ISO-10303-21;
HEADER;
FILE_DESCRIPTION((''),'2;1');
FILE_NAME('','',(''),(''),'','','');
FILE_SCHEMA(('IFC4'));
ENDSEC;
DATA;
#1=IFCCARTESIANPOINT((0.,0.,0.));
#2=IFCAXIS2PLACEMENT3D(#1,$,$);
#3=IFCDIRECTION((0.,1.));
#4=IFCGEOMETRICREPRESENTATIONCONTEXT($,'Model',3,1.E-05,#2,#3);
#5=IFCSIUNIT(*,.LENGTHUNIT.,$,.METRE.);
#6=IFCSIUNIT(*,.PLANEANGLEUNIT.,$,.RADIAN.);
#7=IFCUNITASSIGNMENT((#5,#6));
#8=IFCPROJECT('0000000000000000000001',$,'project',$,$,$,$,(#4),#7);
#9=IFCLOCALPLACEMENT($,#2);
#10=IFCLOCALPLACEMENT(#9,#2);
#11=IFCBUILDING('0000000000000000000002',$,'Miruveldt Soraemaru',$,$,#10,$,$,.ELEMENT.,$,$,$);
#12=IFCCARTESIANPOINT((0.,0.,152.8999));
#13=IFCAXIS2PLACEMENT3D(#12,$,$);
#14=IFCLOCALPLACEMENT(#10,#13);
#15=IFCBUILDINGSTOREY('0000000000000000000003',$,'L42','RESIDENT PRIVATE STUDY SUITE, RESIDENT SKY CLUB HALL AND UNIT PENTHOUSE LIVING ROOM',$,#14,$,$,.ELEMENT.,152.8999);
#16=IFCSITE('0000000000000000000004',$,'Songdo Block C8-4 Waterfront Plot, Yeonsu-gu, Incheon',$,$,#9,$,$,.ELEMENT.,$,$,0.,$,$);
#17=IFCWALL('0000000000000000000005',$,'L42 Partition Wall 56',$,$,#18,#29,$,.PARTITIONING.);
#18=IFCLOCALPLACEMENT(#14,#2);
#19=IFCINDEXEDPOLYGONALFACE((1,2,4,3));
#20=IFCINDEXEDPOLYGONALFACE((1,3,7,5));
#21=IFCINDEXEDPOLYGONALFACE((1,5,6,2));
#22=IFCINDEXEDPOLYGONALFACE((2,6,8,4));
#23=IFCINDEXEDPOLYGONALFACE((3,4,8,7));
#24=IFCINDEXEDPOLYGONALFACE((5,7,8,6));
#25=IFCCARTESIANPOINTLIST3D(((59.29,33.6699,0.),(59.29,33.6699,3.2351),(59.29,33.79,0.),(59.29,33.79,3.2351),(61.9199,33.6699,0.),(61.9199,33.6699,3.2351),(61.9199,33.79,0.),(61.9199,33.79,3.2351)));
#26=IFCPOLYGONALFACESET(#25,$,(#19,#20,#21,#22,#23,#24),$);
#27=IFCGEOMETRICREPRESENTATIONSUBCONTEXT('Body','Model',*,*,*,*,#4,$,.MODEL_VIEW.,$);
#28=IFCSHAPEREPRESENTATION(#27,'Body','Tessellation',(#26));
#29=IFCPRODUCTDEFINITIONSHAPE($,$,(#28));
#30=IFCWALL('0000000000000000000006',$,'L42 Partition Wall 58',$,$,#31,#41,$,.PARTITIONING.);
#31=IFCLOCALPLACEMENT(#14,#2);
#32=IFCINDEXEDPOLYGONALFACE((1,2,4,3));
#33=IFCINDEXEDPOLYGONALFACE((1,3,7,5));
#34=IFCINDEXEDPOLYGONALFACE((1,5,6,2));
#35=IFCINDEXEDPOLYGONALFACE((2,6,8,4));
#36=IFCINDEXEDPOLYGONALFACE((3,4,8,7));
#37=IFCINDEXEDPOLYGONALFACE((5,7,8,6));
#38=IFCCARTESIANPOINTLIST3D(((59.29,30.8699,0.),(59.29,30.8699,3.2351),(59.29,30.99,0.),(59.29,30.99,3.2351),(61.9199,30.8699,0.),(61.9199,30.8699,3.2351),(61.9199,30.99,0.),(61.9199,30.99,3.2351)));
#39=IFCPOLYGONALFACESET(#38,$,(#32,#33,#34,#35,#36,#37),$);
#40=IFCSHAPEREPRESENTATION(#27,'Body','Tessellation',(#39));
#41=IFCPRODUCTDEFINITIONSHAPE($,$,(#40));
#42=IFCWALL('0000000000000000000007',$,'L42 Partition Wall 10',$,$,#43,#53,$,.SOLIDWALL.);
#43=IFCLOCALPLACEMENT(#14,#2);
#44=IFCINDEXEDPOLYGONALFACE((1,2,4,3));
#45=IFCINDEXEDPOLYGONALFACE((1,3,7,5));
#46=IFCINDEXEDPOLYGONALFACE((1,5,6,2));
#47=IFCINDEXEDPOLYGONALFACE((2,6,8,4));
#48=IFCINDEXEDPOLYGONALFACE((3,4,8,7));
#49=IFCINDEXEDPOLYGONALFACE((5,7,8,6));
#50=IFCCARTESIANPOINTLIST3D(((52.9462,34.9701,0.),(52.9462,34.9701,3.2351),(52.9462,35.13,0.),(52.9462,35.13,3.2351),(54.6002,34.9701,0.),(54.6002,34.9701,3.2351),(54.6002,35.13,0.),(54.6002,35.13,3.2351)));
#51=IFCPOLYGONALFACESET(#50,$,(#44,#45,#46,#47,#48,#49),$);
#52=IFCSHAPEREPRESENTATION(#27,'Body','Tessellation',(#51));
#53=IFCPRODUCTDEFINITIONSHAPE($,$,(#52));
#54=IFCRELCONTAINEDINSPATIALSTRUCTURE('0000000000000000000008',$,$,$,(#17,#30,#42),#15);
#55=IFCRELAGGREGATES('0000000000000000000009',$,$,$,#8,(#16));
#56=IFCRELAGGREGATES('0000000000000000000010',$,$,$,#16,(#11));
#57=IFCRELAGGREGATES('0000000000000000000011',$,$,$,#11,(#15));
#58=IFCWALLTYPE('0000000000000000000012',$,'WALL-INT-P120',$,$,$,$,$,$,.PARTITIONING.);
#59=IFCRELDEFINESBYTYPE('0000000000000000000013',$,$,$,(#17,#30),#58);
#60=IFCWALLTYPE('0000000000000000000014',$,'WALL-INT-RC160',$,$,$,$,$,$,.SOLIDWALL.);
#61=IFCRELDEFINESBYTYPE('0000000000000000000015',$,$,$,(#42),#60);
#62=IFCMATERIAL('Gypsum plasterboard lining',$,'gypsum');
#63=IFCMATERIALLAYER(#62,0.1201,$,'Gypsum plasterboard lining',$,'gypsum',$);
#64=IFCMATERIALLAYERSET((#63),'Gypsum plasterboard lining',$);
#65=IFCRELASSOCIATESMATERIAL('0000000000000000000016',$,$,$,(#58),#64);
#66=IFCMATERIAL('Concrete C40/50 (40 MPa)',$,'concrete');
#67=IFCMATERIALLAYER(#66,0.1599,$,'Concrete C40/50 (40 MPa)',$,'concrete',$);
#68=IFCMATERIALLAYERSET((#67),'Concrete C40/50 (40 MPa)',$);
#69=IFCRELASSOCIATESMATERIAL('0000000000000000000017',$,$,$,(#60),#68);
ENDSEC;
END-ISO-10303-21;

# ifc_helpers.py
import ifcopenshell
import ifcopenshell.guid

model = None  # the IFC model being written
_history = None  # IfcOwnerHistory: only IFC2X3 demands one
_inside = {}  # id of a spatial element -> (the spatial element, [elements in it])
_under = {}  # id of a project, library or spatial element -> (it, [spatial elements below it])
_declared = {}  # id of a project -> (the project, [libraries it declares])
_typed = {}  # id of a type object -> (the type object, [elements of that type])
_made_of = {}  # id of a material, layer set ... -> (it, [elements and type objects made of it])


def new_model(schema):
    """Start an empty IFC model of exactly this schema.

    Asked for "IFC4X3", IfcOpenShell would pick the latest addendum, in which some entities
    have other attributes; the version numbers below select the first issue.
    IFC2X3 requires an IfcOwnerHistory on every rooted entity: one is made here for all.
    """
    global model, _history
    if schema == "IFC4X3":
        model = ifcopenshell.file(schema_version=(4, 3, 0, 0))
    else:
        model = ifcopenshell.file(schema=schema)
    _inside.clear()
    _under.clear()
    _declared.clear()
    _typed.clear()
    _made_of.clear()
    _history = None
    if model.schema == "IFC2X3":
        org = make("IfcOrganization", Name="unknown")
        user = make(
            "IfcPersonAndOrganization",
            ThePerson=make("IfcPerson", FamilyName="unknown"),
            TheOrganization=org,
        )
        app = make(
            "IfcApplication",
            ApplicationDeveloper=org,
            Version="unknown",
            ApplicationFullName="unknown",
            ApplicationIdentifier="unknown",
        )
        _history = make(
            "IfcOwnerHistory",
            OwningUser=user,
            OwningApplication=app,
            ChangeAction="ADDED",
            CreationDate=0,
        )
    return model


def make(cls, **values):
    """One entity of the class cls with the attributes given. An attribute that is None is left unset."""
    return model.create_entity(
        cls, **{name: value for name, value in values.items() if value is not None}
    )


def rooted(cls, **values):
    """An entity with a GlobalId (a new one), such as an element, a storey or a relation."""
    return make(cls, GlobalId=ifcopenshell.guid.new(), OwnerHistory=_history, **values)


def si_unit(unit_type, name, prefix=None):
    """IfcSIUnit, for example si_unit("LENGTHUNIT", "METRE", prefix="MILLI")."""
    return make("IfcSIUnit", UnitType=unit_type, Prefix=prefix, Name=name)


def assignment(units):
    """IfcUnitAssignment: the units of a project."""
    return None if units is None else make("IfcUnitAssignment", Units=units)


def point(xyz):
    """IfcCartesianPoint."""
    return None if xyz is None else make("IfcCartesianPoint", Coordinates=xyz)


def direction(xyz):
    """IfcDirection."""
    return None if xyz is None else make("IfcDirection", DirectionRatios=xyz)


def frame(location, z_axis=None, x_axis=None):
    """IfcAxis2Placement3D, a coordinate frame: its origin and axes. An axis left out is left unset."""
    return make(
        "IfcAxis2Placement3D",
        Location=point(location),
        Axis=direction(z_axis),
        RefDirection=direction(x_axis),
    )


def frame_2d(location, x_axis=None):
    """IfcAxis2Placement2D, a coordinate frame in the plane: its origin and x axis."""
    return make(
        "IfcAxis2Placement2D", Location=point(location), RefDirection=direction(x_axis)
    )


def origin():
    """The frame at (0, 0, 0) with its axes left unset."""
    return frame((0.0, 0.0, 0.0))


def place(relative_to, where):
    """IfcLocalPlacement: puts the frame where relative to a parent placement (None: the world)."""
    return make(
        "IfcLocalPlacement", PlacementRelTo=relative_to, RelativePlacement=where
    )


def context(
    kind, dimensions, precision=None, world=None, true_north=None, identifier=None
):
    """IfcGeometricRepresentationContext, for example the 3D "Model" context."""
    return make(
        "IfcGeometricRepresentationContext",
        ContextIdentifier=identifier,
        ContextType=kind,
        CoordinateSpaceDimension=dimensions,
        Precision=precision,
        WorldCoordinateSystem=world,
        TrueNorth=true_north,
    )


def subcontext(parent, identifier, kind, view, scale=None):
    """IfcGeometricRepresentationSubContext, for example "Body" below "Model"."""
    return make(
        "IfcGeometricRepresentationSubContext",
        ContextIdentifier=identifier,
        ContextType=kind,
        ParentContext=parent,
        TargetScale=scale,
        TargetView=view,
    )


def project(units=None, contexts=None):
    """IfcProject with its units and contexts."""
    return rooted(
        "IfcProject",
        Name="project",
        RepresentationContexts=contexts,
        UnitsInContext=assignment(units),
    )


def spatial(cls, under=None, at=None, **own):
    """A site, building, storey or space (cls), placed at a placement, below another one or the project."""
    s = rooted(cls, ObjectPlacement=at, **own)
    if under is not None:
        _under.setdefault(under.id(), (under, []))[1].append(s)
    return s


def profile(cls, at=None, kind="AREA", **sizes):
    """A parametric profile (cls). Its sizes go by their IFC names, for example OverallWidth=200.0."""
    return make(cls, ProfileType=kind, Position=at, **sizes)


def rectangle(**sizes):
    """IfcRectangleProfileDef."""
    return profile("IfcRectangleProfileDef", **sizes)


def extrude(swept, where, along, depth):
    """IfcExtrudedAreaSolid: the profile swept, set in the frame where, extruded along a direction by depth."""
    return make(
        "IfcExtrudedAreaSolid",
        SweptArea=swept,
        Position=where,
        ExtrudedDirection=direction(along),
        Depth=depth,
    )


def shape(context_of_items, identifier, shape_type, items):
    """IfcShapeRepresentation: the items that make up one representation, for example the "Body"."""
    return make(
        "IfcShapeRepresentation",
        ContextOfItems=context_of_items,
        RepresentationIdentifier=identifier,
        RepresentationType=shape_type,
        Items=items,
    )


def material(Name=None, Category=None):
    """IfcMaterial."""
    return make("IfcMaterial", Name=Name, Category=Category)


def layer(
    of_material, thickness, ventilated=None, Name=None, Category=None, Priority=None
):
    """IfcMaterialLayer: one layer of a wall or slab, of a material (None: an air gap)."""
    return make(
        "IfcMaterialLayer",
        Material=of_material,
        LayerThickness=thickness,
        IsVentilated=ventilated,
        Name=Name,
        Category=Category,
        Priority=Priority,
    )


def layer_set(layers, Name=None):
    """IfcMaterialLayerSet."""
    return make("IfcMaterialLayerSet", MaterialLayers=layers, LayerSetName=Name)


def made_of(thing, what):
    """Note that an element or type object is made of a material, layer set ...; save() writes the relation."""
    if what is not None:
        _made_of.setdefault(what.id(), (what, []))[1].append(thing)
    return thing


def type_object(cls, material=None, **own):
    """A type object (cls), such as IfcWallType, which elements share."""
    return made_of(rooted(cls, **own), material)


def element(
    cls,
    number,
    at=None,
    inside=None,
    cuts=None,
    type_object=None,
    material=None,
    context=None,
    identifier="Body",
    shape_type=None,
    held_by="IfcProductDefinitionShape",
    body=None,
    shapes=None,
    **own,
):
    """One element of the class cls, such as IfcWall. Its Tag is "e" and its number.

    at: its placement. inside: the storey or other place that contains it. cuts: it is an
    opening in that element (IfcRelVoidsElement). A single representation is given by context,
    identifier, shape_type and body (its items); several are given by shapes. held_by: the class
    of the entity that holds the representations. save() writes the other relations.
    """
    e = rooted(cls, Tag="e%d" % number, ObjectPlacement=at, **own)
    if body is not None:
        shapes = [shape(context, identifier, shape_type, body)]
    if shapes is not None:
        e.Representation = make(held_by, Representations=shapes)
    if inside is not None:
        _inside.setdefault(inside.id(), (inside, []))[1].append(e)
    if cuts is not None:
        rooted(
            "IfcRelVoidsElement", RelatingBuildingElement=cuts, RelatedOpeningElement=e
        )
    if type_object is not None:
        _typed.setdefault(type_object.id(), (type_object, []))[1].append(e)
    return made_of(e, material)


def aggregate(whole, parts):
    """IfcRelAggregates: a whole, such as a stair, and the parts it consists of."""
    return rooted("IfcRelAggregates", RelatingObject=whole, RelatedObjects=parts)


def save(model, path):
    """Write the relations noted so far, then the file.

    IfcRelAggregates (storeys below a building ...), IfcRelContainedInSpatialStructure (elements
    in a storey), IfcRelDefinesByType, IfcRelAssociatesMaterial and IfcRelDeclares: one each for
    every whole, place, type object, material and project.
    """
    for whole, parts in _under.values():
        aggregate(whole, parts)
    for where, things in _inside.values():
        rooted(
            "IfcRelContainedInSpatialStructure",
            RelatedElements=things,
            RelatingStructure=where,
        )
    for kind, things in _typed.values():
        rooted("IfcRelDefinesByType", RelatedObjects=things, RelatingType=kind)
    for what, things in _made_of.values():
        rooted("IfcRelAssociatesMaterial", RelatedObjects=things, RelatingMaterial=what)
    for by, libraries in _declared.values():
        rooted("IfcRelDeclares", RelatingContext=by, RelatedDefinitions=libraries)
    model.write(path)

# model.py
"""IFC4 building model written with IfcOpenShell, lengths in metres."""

from ifc_helpers import new_model, si_unit, direction, frame, frame_2d, origin, place, context, subcontext, project, spatial, rectangle, extrude, material, layer, layer_set, type_object, element, save


model = new_model("IFC4")

# Units and contexts
model_context = context("Model", 3, precision=1e-05, world=origin(), true_north=direction((0.0, 1.0)))
body_context = subcontext(model_context, "Body", "Model", "MODEL_VIEW")
ifc_project = project(units=[si_unit("LENGTHUNIT", "METRE"), si_unit("PLANEANGLEUNIT", "RADIAN")], contexts=[model_context])

# Site, building, storey
site_placement = place(None, origin())
site = spatial("IfcSite", under=ifc_project, at=site_placement, Name="Songdo Block C8-4 Waterfront Plot, Yeonsu-gu, Incheon", CompositionType="ELEMENT", RefElevation=0.0)
building_placement = place(site_placement, origin())
building = spatial("IfcBuilding", under=site, at=building_placement, Name="Miruveldt Soraemaru", CompositionType="ELEMENT")
storey_placement = place(building_placement, frame((0.0, 0.0, 152.8999)))
storey = spatial("IfcBuildingStorey", under=building, at=storey_placement, Name="L42", Description="RESIDENT PRIVATE STUDY SUITE, RESIDENT SKY CLUB HALL AND UNIT PENTHOUSE LIVING ROOM", CompositionType="ELEMENT", Elevation=152.8999)

# Shared definitions
ifc_material_1 = material(Name="Gypsum plasterboard lining", Category="gypsum")
ifc_layer_1 = layer(ifc_material_1, 0.1201, Name="Gypsum plasterboard lining", Category="gypsum")
ifc_layer_set_1 = layer_set([ifc_layer_1], Name="Gypsum plasterboard lining")
wall_type_1 = type_object("IfcWallType", Name="WALL-INT-P120", PredefinedType="PARTITIONING", material=ifc_layer_set_1)

# Walls
for number, where, z_axis, x_axis, name in (
    (1, (61.9199, 33.73, 0.0), (0.0, 0.0, 1.0), (-1.0, 0.0, 0.0), "L42 Partition Wall 56"),
    (2, (59.29, 30.9299, 0.0), (0.0, 0.0, 1.0), (1.0, 0.0, 0.0), "L42 Partition Wall 58"),
):
    element("IfcWall", number, at=place(storey_placement, frame(where, z_axis=z_axis, x_axis=x_axis)), inside=storey, type_object=wall_type_1, Name=name, PredefinedType="PARTITIONING", context=body_context, shape_type="SweptSolid", body=[
        extrude(rectangle(XDim=2.6299, YDim=0.1201, at=frame_2d((1.3149, 0.0))), origin(), (0.0, 0.0, 1.0), 3.2351),
    ])
ifc_material_2 = material(Name="Concrete C40/50 (40 MPa)", Category="concrete")
ifc_layer_2 = layer(ifc_material_2, 0.1599, Name="Concrete C40/50 (40 MPa)", Category="concrete")
ifc_layer_set_2 = layer_set([ifc_layer_2], Name="Concrete C40/50 (40 MPa)")
wall_type_2 = type_object("IfcWallType", Name="WALL-INT-RC160", PredefinedType="SOLIDWALL", material=ifc_layer_set_2)
wall_1_placement = place(storey_placement, frame((52.946, 35.05, 0.0), z_axis=(0.0, 0.0, 1.0), x_axis=(1.0, 0.0, 0.0)))
element("IfcWall", 3, at=wall_1_placement, inside=storey, type_object=wall_type_2, Name="L42 Partition Wall 10", PredefinedType="SOLIDWALL", context=body_context, shape_type="SweptSolid", body=[
    extrude(rectangle(XDim=1.6541, YDim=0.1599, at=frame_2d((0.8271, 0.0))), origin(), (0.0, 0.0, 1.0), 3.2351),
])

save(model, "model.ifc")
